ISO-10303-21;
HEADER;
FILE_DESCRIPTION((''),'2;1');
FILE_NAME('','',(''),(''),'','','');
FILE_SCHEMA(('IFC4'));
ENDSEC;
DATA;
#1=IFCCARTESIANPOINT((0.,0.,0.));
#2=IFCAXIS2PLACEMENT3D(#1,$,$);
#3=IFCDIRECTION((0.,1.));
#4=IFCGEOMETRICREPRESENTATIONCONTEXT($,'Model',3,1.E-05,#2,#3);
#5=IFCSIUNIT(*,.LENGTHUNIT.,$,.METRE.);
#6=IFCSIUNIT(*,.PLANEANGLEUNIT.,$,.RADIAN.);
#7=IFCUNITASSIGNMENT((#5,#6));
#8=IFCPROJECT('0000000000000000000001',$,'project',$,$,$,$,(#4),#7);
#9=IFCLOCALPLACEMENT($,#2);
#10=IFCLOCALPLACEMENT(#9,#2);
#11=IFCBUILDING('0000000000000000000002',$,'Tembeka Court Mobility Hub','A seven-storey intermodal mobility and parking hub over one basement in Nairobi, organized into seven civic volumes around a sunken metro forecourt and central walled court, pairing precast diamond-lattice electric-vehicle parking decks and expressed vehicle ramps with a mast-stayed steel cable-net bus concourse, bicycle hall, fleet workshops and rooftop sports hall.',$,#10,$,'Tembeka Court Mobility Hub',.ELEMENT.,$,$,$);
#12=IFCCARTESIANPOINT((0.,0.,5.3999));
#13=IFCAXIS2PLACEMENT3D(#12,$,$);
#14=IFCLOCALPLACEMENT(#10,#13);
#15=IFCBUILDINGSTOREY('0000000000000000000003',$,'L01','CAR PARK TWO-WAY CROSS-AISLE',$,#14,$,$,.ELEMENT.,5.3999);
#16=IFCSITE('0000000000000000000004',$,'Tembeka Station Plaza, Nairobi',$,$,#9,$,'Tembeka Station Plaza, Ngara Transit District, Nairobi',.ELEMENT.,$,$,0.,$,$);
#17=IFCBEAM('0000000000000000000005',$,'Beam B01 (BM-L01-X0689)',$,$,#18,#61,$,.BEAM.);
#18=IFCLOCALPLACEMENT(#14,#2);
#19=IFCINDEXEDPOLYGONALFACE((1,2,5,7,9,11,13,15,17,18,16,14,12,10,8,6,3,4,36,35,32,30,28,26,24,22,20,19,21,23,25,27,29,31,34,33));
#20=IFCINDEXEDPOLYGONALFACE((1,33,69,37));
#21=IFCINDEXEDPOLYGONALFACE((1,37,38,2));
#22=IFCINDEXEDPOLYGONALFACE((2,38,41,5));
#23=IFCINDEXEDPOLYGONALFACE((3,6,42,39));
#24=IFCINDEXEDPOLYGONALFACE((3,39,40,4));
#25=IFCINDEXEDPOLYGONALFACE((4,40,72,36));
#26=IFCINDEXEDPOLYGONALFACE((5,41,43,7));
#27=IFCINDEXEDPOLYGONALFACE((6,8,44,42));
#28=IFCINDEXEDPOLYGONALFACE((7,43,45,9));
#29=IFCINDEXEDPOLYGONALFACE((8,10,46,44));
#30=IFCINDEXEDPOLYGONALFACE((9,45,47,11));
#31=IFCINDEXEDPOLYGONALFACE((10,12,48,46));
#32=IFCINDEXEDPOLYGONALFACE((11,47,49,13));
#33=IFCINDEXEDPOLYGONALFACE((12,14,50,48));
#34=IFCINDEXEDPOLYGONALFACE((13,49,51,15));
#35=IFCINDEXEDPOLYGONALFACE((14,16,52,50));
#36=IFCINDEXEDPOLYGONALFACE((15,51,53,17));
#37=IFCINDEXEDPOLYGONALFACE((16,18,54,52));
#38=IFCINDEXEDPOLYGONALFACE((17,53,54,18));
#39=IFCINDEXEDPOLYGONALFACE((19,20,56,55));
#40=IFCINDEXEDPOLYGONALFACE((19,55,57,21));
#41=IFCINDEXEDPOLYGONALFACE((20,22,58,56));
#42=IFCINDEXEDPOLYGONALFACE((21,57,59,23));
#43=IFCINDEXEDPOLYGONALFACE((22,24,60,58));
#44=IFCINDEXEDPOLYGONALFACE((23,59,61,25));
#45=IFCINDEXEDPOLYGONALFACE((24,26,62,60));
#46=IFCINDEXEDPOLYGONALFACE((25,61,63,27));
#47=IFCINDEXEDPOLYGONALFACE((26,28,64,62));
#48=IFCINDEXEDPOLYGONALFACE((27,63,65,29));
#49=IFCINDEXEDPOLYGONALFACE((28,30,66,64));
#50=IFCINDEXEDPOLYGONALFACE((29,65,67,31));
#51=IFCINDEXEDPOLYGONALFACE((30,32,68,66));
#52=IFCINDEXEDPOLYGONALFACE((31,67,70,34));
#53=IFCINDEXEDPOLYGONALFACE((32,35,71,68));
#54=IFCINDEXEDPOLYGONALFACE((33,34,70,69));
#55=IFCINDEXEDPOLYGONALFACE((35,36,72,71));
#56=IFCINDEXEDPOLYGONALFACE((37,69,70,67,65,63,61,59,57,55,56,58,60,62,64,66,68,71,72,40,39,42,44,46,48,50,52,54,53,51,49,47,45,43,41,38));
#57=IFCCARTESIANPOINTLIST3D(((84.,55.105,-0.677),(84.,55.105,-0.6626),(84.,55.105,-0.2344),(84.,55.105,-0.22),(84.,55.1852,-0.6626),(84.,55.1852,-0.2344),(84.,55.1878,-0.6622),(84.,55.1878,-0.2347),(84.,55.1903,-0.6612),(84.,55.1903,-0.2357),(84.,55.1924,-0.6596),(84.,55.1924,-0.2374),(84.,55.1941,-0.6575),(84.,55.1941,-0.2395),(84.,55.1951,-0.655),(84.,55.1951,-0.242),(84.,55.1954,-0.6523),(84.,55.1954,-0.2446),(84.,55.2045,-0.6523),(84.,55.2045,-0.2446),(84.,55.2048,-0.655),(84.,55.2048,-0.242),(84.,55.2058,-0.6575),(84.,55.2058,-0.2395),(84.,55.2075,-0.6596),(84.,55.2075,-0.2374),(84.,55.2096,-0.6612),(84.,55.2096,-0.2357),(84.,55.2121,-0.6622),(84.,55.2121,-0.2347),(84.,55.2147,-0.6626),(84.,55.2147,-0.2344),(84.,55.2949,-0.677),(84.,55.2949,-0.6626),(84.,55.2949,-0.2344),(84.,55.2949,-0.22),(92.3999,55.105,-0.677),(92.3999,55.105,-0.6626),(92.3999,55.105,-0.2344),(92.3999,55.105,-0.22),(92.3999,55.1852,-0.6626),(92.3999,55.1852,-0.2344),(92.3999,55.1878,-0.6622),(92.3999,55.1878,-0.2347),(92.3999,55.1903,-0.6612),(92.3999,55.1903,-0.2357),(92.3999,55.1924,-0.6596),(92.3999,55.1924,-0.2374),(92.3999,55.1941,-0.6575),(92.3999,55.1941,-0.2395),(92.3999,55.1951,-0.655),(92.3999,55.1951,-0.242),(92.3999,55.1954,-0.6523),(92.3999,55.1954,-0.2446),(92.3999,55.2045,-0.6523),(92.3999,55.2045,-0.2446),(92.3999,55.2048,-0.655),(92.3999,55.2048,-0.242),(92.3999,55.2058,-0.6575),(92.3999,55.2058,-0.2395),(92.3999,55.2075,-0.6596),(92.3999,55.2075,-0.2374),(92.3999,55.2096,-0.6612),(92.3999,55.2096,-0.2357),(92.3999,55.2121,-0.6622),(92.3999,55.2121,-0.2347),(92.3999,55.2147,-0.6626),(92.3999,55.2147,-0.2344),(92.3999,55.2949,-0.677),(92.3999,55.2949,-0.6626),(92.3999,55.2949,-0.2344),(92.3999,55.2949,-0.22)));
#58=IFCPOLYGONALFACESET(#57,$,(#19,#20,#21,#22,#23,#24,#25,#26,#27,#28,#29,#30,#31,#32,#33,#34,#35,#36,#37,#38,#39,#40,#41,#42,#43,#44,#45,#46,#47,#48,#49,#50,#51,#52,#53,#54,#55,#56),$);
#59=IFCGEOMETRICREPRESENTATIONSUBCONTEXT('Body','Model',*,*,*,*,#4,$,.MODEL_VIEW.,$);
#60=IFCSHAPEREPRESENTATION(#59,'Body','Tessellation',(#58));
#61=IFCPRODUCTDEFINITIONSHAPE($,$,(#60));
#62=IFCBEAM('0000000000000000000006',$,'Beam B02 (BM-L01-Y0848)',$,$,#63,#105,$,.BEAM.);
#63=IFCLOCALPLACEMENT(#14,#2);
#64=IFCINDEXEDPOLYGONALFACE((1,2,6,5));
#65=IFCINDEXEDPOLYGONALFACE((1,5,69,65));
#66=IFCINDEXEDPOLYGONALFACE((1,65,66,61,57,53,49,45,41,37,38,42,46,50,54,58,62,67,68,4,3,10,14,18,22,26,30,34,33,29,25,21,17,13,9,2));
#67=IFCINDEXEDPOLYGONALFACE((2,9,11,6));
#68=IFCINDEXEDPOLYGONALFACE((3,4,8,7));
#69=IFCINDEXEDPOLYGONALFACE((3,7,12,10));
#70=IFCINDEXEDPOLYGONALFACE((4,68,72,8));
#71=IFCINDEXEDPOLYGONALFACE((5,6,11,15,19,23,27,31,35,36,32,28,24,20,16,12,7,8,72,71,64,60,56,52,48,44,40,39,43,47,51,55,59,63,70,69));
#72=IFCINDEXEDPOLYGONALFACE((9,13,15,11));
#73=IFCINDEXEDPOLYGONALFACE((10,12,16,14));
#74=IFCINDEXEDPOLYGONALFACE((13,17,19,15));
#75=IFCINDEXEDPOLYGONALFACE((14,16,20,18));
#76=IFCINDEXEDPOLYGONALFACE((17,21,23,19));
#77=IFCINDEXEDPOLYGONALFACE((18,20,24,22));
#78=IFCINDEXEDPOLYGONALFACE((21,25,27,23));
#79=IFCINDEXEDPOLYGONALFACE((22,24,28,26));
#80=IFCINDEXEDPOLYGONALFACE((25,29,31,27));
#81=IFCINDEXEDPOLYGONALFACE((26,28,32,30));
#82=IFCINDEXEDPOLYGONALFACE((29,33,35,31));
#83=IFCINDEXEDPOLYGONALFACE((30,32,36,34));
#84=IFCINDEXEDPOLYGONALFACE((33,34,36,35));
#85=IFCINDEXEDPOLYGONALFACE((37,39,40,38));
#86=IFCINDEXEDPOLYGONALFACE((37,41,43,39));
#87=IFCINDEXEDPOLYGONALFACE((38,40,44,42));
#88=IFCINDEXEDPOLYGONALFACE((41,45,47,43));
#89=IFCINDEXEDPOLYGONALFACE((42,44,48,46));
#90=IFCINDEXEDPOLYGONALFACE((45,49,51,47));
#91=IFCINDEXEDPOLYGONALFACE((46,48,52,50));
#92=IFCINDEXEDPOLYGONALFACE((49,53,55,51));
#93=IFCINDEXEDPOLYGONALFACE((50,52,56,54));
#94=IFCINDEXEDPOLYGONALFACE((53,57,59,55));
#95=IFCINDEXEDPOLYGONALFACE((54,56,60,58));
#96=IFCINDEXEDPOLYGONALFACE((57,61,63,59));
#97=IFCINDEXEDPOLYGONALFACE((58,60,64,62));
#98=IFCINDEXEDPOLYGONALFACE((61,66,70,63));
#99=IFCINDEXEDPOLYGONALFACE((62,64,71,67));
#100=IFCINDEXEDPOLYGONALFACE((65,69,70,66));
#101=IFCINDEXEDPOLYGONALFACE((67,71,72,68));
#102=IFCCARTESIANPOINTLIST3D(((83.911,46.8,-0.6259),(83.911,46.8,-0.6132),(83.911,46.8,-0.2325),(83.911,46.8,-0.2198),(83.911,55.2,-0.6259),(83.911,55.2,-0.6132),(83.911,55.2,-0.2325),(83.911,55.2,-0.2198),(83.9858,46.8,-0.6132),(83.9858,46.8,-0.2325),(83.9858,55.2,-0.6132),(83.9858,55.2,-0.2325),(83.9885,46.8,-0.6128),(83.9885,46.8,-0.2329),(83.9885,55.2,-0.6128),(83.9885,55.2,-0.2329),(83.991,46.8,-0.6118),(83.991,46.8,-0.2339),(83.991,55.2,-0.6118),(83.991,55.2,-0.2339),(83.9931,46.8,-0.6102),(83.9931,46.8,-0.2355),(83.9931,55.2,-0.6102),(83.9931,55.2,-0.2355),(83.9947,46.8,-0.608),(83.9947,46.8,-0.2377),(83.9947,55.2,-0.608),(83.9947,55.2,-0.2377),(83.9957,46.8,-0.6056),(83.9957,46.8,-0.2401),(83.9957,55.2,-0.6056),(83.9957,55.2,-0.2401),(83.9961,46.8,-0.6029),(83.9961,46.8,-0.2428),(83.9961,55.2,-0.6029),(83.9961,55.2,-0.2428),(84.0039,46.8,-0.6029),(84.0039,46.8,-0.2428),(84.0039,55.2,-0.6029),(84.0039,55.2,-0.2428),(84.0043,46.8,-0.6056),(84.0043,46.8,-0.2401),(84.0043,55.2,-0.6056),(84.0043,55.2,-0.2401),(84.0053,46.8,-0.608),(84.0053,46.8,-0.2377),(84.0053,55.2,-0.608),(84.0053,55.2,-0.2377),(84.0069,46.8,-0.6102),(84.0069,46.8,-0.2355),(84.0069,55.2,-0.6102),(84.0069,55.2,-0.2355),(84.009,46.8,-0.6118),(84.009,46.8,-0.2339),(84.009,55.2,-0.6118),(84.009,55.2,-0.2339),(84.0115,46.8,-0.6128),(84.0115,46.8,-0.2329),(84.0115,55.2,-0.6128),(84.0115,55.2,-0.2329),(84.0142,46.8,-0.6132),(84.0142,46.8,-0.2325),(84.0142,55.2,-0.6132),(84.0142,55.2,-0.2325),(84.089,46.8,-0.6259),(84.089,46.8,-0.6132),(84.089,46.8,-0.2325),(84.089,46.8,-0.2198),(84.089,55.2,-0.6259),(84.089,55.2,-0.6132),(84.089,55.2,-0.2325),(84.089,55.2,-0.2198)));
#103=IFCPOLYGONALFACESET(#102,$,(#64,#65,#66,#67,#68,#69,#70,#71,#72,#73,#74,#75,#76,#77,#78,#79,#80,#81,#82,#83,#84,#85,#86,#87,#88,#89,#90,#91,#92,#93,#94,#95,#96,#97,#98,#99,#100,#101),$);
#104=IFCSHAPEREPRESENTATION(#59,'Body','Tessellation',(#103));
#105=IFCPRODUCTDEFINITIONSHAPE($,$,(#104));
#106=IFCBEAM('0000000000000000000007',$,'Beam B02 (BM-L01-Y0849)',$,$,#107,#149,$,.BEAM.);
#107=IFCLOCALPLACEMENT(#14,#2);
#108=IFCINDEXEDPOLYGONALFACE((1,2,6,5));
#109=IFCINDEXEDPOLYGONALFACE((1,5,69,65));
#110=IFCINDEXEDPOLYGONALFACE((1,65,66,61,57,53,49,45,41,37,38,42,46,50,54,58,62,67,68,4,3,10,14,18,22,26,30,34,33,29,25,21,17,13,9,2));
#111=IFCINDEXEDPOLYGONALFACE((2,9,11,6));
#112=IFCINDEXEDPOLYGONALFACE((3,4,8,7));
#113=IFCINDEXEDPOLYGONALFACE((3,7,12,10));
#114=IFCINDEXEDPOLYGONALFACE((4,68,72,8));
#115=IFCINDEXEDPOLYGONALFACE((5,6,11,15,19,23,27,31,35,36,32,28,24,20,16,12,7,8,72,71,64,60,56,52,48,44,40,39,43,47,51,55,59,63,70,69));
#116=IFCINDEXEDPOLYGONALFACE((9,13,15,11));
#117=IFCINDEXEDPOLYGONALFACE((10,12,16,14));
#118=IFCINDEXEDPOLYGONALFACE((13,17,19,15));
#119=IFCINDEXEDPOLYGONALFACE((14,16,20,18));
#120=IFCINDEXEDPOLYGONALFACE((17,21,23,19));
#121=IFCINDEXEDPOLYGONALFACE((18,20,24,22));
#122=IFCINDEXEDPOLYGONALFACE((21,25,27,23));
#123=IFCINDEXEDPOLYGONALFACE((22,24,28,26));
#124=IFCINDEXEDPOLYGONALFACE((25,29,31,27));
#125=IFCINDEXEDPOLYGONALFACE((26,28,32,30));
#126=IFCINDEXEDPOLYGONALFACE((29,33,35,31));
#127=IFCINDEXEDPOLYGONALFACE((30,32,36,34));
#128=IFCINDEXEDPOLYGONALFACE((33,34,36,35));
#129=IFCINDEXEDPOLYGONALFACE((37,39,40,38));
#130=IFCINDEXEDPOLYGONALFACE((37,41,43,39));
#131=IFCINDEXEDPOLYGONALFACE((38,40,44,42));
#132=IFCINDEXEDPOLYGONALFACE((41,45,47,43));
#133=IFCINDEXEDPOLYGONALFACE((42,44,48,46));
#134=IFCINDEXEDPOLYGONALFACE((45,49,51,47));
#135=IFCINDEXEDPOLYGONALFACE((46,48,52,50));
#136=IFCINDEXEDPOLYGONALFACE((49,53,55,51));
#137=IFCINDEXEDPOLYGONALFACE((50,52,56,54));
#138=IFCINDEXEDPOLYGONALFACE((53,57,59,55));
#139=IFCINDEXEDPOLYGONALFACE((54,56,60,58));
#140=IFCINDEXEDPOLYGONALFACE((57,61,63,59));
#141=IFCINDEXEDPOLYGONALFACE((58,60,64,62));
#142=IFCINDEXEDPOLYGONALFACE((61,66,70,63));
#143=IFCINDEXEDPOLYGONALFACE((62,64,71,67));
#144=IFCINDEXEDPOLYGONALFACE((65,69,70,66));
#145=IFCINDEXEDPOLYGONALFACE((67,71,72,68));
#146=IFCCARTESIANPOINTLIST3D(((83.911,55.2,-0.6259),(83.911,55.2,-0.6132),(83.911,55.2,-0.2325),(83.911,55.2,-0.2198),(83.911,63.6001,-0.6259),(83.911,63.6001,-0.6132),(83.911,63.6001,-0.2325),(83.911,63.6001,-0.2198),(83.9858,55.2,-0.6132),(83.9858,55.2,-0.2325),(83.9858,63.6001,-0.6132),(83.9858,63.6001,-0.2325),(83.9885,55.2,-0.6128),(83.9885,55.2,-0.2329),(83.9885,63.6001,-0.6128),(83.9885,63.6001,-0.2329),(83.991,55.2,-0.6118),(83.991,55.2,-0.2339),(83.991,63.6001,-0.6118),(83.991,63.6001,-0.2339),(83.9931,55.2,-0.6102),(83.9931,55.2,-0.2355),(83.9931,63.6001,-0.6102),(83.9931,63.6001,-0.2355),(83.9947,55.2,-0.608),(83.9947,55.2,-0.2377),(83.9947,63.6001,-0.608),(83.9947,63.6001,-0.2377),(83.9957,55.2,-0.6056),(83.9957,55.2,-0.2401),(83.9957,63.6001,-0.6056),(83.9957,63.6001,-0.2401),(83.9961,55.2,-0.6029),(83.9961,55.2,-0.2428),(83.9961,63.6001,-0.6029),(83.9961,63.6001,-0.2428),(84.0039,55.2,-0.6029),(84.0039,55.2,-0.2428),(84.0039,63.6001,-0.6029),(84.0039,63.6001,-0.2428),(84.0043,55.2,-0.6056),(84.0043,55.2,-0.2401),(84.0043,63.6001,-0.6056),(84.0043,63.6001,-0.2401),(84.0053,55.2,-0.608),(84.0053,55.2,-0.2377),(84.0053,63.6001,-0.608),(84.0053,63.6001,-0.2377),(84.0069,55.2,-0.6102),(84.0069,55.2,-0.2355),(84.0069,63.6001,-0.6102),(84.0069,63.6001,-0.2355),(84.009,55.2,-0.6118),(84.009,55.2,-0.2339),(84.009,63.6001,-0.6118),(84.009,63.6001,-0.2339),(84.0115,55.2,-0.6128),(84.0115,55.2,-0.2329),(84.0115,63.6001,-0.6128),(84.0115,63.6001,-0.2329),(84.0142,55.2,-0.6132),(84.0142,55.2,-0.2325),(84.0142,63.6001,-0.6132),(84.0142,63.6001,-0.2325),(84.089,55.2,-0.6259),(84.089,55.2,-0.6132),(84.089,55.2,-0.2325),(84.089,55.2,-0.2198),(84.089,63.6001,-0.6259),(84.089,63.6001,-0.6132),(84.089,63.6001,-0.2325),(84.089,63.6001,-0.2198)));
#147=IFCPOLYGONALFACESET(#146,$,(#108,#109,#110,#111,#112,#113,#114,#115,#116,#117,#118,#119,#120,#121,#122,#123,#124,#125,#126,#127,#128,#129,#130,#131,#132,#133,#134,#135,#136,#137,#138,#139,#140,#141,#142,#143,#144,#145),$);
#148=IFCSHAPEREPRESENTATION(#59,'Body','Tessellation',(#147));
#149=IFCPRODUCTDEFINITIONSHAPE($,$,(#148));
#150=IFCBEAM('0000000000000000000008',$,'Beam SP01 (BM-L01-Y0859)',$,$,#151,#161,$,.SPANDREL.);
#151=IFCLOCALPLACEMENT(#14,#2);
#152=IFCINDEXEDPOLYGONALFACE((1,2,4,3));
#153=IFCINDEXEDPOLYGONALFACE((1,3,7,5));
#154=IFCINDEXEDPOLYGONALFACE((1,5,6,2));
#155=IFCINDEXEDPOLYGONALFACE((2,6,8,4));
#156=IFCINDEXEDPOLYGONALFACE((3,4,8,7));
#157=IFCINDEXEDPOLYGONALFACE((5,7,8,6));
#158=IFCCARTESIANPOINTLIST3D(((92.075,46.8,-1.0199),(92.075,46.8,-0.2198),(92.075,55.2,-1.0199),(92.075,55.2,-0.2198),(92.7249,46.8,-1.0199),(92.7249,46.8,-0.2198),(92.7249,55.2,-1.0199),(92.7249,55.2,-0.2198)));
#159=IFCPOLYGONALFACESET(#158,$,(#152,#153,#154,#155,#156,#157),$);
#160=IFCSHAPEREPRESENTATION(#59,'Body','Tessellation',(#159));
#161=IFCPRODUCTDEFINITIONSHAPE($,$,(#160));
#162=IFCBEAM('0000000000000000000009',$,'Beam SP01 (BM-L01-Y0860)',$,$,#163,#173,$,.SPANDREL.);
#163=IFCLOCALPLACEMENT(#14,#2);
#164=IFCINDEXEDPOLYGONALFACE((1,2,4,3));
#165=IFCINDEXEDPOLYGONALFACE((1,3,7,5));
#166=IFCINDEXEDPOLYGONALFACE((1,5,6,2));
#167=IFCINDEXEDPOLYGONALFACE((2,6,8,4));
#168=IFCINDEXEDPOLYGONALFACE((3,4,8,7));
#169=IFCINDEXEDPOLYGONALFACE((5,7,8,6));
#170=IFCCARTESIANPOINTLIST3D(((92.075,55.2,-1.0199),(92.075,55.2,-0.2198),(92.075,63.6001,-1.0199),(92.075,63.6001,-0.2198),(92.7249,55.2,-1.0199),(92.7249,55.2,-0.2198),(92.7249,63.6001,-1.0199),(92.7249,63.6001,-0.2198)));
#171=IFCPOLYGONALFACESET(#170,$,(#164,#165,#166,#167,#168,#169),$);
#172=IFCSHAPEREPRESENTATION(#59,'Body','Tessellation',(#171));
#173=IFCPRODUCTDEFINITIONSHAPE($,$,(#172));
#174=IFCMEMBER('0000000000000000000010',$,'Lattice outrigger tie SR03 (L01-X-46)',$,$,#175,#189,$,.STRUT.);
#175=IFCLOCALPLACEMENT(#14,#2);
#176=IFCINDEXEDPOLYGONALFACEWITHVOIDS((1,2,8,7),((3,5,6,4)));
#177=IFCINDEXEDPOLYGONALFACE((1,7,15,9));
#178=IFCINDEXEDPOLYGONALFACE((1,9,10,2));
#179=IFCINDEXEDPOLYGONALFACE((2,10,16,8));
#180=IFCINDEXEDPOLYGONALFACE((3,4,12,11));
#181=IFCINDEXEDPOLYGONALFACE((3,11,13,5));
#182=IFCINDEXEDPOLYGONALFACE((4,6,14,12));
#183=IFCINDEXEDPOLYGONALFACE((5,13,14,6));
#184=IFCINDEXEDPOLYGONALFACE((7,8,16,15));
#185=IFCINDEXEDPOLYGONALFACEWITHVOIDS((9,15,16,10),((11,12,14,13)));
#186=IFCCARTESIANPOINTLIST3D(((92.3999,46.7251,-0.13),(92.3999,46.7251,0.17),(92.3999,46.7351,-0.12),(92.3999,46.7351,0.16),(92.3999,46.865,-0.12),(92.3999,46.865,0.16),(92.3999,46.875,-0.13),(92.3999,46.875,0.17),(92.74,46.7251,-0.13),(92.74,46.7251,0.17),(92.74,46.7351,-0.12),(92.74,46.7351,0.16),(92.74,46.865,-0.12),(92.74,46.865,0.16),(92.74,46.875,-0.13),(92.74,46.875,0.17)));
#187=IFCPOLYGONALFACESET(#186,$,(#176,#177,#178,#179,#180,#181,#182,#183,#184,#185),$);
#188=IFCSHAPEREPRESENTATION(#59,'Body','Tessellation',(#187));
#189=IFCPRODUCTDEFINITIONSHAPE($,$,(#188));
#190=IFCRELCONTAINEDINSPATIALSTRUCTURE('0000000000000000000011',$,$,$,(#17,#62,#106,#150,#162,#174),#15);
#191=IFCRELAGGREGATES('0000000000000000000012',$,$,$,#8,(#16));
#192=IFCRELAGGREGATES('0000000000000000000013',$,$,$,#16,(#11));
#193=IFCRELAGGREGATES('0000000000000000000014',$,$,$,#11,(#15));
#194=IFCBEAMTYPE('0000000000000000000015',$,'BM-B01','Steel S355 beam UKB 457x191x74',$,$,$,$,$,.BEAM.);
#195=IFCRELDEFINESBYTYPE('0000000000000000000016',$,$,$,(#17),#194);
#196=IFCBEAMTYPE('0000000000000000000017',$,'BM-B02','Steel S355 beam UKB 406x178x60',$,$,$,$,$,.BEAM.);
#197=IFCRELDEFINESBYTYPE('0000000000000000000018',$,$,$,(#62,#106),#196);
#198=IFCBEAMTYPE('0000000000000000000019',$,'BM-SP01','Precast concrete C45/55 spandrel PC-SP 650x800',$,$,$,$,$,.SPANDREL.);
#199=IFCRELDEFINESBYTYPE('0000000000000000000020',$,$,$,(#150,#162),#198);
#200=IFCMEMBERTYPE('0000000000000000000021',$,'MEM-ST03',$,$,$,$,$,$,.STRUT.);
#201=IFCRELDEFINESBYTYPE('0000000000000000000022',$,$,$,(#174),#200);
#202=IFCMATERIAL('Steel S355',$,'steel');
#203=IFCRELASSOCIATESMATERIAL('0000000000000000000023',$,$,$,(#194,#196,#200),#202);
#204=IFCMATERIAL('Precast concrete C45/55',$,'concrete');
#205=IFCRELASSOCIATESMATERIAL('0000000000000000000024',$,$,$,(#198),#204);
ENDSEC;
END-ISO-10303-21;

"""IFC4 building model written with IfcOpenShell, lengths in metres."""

from ifc_helpers import new_model, si_unit, direction, frame, origin, origin_2d, place, context, subcontext, project, spatial, rectangle, hollow_rectangle, i_section, extrude, material, material_profile, profile_set, type_object, element, save


model = new_model("IFC4")

# Units and contexts
model_context = context("Model", 3, precision=1e-05, world=origin(), true_north=direction((0.0, 1.0)))
body_context = subcontext(model_context, "Body", "Model", "MODEL_VIEW")
ifc_project = project(units=[si_unit("LENGTHUNIT", "METRE"), si_unit("PLANEANGLEUNIT", "RADIAN")], contexts=[model_context])

# Site, building, storey
site_placement = place(None, origin())
site = spatial("IfcSite", under=ifc_project, at=site_placement, Name="Tembeka Station Plaza, Nairobi", LongName="Tembeka Station Plaza, Ngara Transit District, Nairobi", CompositionType="ELEMENT", RefElevation=0.0)
building_placement = place(site_placement, origin())
building = spatial("IfcBuilding", under=site, at=building_placement, Name="Tembeka Court Mobility Hub", Description="A seven-storey intermodal mobility and parking hub over one basement in Nairobi, organized into seven civic volumes around a sunken metro forecourt and central walled court, pairing precast diamond-lattice electric-vehicle parking decks and expressed vehicle ramps with a mast-stayed steel cable-net bus concourse, bicycle hall, fleet workshops and rooftop sports hall.", LongName="Tembeka Court Mobility Hub", CompositionType="ELEMENT")
storey_placement = place(building_placement, frame((0.0, 0.0, 5.3999)))
storey = spatial("IfcBuildingStorey", under=building, at=storey_placement, Name="L01", Description="CAR PARK TWO-WAY CROSS-AISLE", CompositionType="ELEMENT", Elevation=5.3999)

# Shared definitions
ifc_material_1 = material(Name="Steel S355", Category="steel")

# Beams
ifc_material_profile_1 = material_profile(ifc_material_1, i_section(OverallWidth=0.1899, OverallDepth=0.457, WebThickness=0.009, FlangeThickness=0.0144, FilletRadius=0.0103, at=origin_2d()), Name="UKB 457x191x74")
ifc_profile_set_1 = profile_set([ifc_material_profile_1], Name="Steel S355")
beam_type_1 = type_object("IfcBeamType", Name="BM-B01", Description="Steel S355 beam UKB 457x191x74", PredefinedType="BEAM", material=ifc_profile_set_1)
beam_1_placement = place(storey_placement, frame((84.0, 55.2, -0.4485), z_axis=(1.0, 0.0, 0.0), x_axis=(0.0, 1.0, 0.0)))
element("IfcBeam", 1, at=beam_1_placement, inside=storey, type_object=beam_type_1, Name="Beam B01 (BM-L01-X0689)", PredefinedType="BEAM", context=body_context, shape_type="SweptSolid", body=[
    extrude(i_section(OverallWidth=0.1899, OverallDepth=0.457, WebThickness=0.009, FlangeThickness=0.0144, FilletRadius=0.0103, at=origin_2d()), origin(), (0.0, 0.0, 1.0), 8.3999),
])
ifc_material_profile_2 = material_profile(ifc_material_1, i_section(OverallWidth=0.178, OverallDepth=0.406, WebThickness=0.0078, FlangeThickness=0.0127, FilletRadius=0.0103, at=origin_2d()), Name="UKB 406x178x60")
ifc_profile_set_2 = profile_set([ifc_material_profile_2], Name="Steel S355")
beam_type_2 = type_object("IfcBeamType", Name="BM-B02", Description="Steel S355 beam UKB 406x178x60", PredefinedType="BEAM", material=ifc_profile_set_2)
beam_2_placement = place(storey_placement, frame((84.0, 46.8, -0.4229), z_axis=(0.0, 1.0, 0.0), x_axis=(-1.0, 0.0, 0.0)))
element("IfcBeam", 2, at=beam_2_placement, inside=storey, type_object=beam_type_2, Name="Beam B02 (BM-L01-Y0848)", PredefinedType="BEAM", context=body_context, shape_type="SweptSolid", body=[
    extrude(i_section(OverallWidth=0.178, OverallDepth=0.406, WebThickness=0.0078, FlangeThickness=0.0127, FilletRadius=0.0103, at=origin_2d()), origin(), (0.0, 0.0, 1.0), 8.3999),
])
beam_3_placement = place(storey_placement, frame((84.0, 55.2, -0.4229), z_axis=(0.0, 1.0, 0.0), x_axis=(-1.0, 0.0, 0.0)))
element("IfcBeam", 3, at=beam_3_placement, inside=storey, type_object=beam_type_2, Name="Beam B02 (BM-L01-Y0849)", PredefinedType="BEAM", context=body_context, shape_type="SweptSolid", body=[
    extrude(i_section(OverallWidth=0.178, OverallDepth=0.406, WebThickness=0.0078, FlangeThickness=0.0127, FilletRadius=0.0103, at=origin_2d()), origin(), (0.0, 0.0, 1.0), 8.4001),
])
ifc_material_2 = material(Name="Precast concrete C45/55", Category="concrete")
ifc_material_profile_3 = material_profile(ifc_material_2, rectangle(XDim=0.6499, YDim=0.8, at=origin_2d()), Name="PC-SP 650x800")
ifc_profile_set_3 = profile_set([ifc_material_profile_3], Name="Precast concrete C45/55")
beam_type_3 = type_object("IfcBeamType", Name="BM-SP01", Description="Precast concrete C45/55 spandrel PC-SP 650x800", PredefinedType="SPANDREL", material=ifc_profile_set_3)
beam_4_placement = place(storey_placement, frame((92.3999, 46.8, -0.6199), z_axis=(0.0, 1.0, 0.0), x_axis=(-1.0, 0.0, 0.0)))
element("IfcBeam", 4, at=beam_4_placement, inside=storey, type_object=beam_type_3, Name="Beam SP01 (BM-L01-Y0859)", PredefinedType="SPANDREL", context=body_context, shape_type="SweptSolid", body=[
    extrude(rectangle(XDim=0.6499, YDim=0.8, at=origin_2d()), origin(), (0.0, 0.0, 1.0), 8.3999),
])
beam_5_placement = place(storey_placement, frame((92.3999, 55.2, -0.6199), z_axis=(0.0, 1.0, 0.0), x_axis=(-1.0, 0.0, 0.0)))
element("IfcBeam", 5, at=beam_5_placement, inside=storey, type_object=beam_type_3, Name="Beam SP01 (BM-L01-Y0860)", PredefinedType="SPANDREL", context=body_context, shape_type="SweptSolid", body=[
    extrude(rectangle(XDim=0.6499, YDim=0.8, at=origin_2d()), origin(), (0.0, 0.0, 1.0), 8.4001),
])

# Member
ifc_material_profile_4 = material_profile(ifc_material_1, hollow_rectangle(XDim=0.1499, YDim=0.3, WallThickness=0.01, at=origin_2d()), Name="RHS 300x150x10")
ifc_profile_set_4 = profile_set([ifc_material_profile_4], Name="Steel S355")
member_type = type_object("IfcMemberType", Name="MEM-ST03", PredefinedType="STRUT", material=ifc_profile_set_4)
for number, where, z_axis, x_axis, name in (
    (6, (92.3999, 46.8, 0.02), (1.0, 0.0, 0.0), (0.0, 1.0, 0.0), "Lattice outrigger tie SR03 (L01-X-46)"),
):
    element("IfcMember", number, at=place(storey_placement, frame(where, z_axis=z_axis, x_axis=x_axis)), inside=storey, type_object=member_type, Name=name, PredefinedType="STRUT", context=body_context, shape_type="SweptSolid", body=[
        extrude(hollow_rectangle(XDim=0.1499, YDim=0.3, WallThickness=0.01, at=origin_2d()), origin(), (0.0, 0.0, 1.0), 0.3401),
    ])

save(model, "model.ifc")
